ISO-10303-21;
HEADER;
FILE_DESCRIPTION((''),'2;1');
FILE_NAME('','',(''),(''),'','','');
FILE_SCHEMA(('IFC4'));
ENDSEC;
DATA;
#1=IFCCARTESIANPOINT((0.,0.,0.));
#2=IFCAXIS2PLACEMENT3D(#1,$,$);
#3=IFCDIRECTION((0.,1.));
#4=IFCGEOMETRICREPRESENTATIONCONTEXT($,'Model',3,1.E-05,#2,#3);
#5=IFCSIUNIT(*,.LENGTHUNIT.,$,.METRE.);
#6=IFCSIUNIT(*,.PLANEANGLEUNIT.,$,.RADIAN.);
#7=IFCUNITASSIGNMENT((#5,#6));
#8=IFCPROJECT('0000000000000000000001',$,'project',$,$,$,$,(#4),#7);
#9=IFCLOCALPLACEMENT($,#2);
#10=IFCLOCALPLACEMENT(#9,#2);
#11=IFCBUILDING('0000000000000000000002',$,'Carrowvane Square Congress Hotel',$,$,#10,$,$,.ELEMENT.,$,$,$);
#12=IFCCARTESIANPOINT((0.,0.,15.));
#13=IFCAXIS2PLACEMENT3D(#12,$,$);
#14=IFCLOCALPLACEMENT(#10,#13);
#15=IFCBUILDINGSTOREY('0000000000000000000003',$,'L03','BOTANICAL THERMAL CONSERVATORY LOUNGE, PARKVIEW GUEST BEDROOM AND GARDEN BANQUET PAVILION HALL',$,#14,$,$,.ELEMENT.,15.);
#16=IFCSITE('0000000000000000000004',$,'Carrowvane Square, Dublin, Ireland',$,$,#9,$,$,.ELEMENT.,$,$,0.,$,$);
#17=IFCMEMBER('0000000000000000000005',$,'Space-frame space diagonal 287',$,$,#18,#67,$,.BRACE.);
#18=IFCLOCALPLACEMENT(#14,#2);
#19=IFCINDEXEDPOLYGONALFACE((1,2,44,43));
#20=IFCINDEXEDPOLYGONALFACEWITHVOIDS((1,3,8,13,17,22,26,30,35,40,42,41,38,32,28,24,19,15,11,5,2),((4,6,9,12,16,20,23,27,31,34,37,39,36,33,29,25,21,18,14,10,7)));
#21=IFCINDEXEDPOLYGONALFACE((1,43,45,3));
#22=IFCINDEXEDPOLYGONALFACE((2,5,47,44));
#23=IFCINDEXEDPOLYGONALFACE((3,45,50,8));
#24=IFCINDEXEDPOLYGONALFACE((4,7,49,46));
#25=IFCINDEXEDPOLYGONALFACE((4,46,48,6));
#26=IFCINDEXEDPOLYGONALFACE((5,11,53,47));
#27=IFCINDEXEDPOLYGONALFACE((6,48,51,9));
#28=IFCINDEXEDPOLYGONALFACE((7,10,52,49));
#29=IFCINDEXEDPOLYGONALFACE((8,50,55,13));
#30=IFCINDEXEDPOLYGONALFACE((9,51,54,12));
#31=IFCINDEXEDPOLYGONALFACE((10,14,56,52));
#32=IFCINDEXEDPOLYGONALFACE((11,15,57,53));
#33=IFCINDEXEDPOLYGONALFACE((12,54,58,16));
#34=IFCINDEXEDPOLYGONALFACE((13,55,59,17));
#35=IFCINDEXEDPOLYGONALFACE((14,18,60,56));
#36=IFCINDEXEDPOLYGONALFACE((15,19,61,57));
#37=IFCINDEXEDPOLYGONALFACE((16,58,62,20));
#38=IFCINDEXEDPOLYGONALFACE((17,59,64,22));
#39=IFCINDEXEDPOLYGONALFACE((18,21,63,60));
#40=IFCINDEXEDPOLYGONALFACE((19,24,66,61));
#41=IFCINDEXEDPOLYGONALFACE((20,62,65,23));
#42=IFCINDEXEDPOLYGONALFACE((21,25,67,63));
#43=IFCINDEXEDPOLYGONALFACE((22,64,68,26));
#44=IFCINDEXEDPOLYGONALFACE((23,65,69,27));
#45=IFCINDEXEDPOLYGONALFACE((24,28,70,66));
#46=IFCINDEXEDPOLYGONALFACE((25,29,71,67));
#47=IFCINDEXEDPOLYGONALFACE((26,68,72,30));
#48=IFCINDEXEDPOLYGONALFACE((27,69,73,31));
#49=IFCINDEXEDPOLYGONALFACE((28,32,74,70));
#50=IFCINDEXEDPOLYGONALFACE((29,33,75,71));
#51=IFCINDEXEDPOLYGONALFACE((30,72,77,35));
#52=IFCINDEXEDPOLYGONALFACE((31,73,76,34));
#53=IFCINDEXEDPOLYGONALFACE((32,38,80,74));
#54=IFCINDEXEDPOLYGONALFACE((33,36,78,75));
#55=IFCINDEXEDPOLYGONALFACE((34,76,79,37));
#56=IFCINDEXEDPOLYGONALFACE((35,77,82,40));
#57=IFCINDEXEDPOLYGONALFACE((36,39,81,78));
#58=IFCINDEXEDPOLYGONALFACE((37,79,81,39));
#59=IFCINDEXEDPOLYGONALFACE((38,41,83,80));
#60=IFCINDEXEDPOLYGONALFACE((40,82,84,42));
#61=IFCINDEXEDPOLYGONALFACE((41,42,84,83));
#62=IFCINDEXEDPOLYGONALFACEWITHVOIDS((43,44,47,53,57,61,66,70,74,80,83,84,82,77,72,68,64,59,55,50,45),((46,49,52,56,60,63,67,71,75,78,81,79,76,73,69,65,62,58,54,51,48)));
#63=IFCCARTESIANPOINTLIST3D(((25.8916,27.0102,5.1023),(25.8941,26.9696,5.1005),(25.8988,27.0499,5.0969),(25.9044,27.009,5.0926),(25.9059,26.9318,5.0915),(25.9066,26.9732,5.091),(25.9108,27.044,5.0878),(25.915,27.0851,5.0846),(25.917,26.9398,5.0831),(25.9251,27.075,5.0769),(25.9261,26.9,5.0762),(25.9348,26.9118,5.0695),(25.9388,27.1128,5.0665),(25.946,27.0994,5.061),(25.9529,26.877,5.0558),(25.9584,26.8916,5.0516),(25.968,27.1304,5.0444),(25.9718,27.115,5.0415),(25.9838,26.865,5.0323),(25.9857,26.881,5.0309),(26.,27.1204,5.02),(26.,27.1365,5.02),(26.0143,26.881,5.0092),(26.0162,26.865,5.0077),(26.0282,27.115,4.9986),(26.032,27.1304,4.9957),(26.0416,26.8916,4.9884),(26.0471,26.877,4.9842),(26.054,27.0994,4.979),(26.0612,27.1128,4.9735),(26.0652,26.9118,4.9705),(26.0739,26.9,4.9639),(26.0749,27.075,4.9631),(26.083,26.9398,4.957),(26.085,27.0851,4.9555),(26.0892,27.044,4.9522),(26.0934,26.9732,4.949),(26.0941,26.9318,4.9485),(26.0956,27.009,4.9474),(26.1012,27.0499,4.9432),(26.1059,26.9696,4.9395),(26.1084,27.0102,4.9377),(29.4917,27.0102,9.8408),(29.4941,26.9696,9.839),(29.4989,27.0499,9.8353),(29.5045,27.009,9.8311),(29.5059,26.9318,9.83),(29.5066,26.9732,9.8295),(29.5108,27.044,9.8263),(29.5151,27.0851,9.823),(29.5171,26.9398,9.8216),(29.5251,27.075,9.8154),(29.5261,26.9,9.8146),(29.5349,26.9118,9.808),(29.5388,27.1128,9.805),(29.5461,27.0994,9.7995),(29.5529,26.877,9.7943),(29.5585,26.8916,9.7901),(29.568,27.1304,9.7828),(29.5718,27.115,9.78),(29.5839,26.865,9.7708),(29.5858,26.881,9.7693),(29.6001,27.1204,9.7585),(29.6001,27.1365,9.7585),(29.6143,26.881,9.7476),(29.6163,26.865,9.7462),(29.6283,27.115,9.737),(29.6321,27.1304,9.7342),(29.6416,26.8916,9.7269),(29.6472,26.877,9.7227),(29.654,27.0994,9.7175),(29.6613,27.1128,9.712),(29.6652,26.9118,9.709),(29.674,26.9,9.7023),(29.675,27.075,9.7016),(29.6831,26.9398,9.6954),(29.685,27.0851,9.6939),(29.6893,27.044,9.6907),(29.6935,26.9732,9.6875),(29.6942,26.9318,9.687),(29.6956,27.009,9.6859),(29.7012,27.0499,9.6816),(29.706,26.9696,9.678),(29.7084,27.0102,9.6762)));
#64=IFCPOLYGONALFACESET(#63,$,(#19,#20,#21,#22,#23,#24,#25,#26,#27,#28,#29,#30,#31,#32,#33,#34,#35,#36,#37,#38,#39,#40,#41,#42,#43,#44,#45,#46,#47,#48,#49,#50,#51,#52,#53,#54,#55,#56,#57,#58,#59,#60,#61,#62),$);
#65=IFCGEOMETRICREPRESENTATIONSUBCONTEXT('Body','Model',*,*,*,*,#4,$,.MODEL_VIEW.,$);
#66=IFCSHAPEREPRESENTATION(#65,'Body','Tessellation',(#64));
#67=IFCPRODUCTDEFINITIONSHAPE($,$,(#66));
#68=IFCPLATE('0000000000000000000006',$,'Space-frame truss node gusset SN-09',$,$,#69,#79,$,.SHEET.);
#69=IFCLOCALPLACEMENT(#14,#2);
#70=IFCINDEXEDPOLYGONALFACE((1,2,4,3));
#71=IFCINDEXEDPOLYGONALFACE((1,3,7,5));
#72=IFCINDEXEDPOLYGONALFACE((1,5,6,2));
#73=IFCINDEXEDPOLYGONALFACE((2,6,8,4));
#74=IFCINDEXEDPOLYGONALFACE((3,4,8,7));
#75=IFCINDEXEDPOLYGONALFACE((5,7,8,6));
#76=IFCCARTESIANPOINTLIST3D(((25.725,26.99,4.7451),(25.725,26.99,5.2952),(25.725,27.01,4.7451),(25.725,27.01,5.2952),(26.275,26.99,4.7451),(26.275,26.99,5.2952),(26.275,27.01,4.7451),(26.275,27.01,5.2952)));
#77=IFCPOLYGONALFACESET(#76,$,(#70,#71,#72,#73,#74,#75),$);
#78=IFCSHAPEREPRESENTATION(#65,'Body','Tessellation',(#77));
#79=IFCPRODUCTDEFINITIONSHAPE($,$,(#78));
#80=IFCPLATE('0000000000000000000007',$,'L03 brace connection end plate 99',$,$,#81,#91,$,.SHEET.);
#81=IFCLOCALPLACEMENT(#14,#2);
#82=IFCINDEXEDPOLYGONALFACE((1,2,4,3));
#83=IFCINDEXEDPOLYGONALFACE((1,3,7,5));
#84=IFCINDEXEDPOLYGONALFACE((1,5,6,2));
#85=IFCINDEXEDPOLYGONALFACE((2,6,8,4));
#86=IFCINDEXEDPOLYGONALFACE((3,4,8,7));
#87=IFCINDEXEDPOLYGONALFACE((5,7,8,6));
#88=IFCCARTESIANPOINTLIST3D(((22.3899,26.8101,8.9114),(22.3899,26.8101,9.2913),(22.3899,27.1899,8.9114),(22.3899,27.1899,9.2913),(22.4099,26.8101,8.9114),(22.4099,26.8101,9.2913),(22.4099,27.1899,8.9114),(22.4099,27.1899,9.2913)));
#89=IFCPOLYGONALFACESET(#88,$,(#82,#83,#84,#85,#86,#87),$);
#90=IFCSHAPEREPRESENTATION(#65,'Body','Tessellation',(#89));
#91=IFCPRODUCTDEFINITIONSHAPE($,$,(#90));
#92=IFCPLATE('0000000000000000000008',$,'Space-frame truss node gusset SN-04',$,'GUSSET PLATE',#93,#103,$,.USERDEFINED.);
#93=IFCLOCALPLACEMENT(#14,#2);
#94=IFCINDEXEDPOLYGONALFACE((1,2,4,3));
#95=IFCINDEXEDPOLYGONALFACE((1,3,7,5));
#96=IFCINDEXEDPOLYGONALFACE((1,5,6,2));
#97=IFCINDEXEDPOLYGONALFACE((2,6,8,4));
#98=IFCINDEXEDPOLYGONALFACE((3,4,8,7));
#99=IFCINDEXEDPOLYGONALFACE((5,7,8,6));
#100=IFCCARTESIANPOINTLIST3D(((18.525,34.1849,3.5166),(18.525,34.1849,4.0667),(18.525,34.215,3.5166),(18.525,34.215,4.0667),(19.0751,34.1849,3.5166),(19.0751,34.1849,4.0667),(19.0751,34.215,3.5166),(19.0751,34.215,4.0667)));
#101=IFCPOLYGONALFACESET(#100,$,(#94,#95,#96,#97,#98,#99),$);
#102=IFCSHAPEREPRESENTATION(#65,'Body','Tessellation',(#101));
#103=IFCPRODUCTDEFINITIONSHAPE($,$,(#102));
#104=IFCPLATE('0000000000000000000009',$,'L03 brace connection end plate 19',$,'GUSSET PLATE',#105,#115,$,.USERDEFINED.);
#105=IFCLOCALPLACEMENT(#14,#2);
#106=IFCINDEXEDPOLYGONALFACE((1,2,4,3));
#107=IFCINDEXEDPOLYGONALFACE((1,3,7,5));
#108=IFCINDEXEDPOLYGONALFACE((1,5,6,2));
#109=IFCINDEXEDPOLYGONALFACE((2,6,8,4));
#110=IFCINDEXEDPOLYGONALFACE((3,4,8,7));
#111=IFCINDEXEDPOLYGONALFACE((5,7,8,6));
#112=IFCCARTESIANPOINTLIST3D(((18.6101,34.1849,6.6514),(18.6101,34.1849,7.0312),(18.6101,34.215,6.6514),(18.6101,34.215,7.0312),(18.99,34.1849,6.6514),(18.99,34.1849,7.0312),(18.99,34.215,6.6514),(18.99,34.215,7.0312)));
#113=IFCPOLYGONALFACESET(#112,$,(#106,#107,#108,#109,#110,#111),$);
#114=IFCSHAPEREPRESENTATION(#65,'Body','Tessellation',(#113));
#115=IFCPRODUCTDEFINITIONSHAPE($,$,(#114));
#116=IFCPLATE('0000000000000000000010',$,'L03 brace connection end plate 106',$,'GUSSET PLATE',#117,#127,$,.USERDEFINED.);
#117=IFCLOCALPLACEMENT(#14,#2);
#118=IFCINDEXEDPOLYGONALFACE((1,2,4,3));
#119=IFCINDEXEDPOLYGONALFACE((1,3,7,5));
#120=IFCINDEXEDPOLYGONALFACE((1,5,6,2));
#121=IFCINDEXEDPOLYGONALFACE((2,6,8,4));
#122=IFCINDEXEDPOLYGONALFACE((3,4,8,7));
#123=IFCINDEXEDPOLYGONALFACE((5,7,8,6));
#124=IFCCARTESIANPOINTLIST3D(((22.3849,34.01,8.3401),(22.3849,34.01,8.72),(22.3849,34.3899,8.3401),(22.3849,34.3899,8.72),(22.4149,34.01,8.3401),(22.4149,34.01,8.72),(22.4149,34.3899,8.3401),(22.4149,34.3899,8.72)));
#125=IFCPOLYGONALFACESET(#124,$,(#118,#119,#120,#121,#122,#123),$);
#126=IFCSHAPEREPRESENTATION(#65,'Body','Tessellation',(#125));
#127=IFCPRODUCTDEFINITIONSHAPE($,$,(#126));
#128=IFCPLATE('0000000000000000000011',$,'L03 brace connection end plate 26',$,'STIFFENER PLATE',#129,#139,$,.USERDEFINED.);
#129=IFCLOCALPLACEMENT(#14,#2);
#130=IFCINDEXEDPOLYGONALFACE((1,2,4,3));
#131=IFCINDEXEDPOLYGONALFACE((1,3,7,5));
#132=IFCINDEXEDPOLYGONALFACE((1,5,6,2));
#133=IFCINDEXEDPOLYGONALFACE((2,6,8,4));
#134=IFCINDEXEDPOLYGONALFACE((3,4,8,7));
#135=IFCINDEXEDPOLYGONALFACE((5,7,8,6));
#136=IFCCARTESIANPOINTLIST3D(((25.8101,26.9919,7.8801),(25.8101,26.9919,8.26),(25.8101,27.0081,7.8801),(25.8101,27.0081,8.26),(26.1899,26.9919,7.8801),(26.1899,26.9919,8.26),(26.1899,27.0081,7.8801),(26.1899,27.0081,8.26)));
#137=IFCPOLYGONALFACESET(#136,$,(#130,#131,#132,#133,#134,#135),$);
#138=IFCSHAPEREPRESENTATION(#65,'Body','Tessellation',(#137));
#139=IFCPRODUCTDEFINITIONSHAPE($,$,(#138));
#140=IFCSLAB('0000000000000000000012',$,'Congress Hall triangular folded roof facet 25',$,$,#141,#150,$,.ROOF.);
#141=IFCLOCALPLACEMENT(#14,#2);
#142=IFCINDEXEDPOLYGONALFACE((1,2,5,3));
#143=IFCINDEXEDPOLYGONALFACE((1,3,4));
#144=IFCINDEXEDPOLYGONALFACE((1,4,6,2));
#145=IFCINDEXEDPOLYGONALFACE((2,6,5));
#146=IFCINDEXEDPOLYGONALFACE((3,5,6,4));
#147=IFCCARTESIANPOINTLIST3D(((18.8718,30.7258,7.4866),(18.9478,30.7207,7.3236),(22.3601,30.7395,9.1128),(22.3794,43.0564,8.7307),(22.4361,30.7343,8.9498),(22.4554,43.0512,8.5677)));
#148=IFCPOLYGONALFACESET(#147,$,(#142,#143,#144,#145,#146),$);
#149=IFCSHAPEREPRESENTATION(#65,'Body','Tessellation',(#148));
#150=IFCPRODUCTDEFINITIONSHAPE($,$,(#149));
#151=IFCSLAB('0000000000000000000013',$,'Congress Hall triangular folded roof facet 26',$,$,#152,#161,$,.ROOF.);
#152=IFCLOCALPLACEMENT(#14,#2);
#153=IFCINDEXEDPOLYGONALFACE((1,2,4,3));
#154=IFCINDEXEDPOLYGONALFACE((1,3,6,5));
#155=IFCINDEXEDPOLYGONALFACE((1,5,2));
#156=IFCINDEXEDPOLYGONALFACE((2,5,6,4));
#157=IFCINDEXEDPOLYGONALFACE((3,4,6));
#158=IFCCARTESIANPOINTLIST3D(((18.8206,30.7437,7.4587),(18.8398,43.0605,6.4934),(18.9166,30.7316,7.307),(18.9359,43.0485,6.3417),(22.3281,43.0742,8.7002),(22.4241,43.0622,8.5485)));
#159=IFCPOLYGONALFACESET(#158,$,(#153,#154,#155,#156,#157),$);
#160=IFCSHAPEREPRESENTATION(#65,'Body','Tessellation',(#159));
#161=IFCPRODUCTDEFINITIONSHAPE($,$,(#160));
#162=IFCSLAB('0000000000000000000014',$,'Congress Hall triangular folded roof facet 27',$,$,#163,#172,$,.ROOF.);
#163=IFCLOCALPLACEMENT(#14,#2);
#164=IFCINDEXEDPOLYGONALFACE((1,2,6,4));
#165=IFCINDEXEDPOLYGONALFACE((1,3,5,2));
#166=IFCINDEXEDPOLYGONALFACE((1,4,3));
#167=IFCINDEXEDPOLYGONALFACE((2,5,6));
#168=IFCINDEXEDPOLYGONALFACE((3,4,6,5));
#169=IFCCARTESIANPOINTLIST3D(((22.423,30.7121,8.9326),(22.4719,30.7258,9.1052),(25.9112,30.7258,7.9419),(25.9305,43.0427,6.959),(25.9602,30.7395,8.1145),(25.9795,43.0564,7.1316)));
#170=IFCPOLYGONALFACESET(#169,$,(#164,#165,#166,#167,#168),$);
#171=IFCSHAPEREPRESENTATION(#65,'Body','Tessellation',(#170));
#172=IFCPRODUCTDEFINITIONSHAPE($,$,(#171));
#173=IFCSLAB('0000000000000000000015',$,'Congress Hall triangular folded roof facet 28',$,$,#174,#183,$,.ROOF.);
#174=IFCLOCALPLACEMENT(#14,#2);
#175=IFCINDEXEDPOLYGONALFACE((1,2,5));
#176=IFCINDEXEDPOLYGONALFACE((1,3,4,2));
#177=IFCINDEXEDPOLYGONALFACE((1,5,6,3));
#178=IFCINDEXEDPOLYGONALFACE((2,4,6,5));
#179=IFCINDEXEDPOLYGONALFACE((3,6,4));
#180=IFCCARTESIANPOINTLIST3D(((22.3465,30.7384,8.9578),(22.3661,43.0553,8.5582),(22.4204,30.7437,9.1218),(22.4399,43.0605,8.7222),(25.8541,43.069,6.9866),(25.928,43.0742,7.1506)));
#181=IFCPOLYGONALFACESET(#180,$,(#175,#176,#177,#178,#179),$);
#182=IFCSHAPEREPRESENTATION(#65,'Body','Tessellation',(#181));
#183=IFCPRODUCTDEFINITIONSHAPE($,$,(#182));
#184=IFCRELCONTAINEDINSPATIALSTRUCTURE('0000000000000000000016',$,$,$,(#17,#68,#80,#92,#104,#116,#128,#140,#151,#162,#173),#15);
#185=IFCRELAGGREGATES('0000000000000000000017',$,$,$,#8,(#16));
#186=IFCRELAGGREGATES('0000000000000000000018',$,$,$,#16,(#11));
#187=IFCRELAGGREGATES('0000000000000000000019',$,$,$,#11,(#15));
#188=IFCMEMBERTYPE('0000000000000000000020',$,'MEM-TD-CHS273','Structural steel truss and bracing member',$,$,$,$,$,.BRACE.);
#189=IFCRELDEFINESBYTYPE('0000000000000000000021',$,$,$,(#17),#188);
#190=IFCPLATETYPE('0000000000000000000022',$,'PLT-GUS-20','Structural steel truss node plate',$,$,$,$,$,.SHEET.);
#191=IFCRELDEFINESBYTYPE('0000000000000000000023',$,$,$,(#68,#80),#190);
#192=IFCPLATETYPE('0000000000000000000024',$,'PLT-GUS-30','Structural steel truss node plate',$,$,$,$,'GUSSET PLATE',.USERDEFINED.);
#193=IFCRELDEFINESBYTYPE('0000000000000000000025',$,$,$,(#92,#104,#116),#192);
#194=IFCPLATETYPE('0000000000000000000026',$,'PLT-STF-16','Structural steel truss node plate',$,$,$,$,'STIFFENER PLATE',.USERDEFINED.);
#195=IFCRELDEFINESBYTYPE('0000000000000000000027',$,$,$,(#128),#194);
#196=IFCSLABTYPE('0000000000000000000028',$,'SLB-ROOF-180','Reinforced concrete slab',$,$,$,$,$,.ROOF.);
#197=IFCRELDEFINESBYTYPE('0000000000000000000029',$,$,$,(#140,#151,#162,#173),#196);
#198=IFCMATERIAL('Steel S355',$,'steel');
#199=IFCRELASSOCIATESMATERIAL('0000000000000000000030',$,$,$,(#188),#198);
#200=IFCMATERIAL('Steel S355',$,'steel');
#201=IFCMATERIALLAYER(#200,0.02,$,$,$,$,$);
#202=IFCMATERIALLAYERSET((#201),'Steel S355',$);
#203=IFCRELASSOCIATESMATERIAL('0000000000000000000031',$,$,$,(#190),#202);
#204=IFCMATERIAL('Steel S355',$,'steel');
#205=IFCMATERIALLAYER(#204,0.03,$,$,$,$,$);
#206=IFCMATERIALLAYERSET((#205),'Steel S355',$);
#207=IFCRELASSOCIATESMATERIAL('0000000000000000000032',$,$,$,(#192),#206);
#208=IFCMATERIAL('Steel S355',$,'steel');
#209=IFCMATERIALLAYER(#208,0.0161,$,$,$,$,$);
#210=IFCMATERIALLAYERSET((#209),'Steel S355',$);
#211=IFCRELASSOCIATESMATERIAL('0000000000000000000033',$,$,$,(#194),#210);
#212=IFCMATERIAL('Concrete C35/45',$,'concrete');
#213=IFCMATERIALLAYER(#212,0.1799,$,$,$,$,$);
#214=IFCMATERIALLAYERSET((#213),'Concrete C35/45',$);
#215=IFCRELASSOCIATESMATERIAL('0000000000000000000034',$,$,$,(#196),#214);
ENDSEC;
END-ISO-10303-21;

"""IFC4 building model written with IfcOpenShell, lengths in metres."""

from ifc_helpers import new_model, si_unit, direction, frame, origin, origin_2d, place, context, subcontext, project, spatial, polyline, rectangle, hollow_circle, outline, extrude, material, layer, layer_set, material_profile, profile_set, type_object, element, save


model = new_model("IFC4")

# Units and contexts
model_context = context("Model", 3, precision=1e-05, world=origin(), true_north=direction((0.0, 1.0)))
body_context = subcontext(model_context, "Body", "Model", "MODEL_VIEW")
ifc_project = project(units=[si_unit("LENGTHUNIT", "METRE"), si_unit("PLANEANGLEUNIT", "RADIAN")], contexts=[model_context])

# Site, building, storey
site_placement = place(None, origin())
site = spatial("IfcSite", under=ifc_project, at=site_placement, Name="Carrowvane Square, Dublin, Ireland", CompositionType="ELEMENT", RefElevation=0.0)
building_placement = place(site_placement, origin())
building = spatial("IfcBuilding", under=site, at=building_placement, Name="Carrowvane Square Congress Hotel", CompositionType="ELEMENT")
storey_placement = place(building_placement, frame((0.0, 0.0, 15.0)))
storey = spatial("IfcBuildingStorey", under=building, at=storey_placement, Name="L03", Description="BOTANICAL THERMAL CONSERVATORY LOUNGE, PARKVIEW GUEST BEDROOM AND GARDEN BANQUET PAVILION HALL", CompositionType="ELEMENT", Elevation=15.0)

# Member
ifc_material_1 = material(Name="Steel S355", Category="steel")
ifc_material_profile_1 = material_profile(ifc_material_1, hollow_circle(Radius=0.1365, WallThickness=0.0161, at=origin_2d()), Name="CHS 273.0x16")
ifc_profile_set_1 = profile_set([ifc_material_profile_1], Name="Steel S355")
member_type_1 = type_object("IfcMemberType", Name="MEM-TD-CHS273", Description="Structural steel truss and bracing member", PredefinedType="BRACE", material=ifc_profile_set_1)
member_1_placement = place(storey_placement, frame((26.0, 27.0, 5.02), z_axis=(0.604957, 0.0, 0.796258), x_axis=(0.0, 1.0, 0.0)))
element("IfcMember", 1, at=member_1_placement, inside=storey, type_object=member_type_1, Name="Space-frame space diagonal 287", PredefinedType="BRACE", context=body_context, shape_type="SweptSolid", body=[
    extrude(hollow_circle(Radius=0.1365, WallThickness=0.0161, at=origin_2d()), origin(), (0.0, 0.0, 1.0), 5.9509),
])

# Plates
ifc_material_2 = material(Name="Steel S355", Category="steel")
ifc_layer_1 = layer(ifc_material_2, 0.02)
ifc_layer_set_1 = layer_set([ifc_layer_1], Name="Steel S355")
plate_type_1 = type_object("IfcPlateType", Name="PLT-GUS-20", Description="Structural steel truss node plate", PredefinedType="SHEET", material=ifc_layer_set_1)
plate_1_placement = place(storey_placement, frame((26.0, 27.0, 4.7451), z_axis=(0.0, 0.0, 1.0), x_axis=(1.0, 0.0, 0.0)))
element("IfcPlate", 2, at=plate_1_placement, inside=storey, type_object=plate_type_1, Name="Space-frame truss node gusset SN-09", PredefinedType="SHEET", context=body_context, shape_type="SweptSolid", body=[
    extrude(rectangle(XDim=0.55, YDim=0.02, at=origin_2d()), origin(), (0.0, 0.0, 1.0), 0.55),
])
plate_2_placement = place(storey_placement, frame((22.3999, 27.0, 8.9114), z_axis=(0.0, 0.0, 1.0), x_axis=(1.0, 0.0, 0.0)))
element("IfcPlate", 3, at=plate_2_placement, inside=storey, type_object=plate_type_1, Name="L03 brace connection end plate 99", PredefinedType="SHEET", context=body_context, shape_type="SweptSolid", body=[
    extrude(rectangle(XDim=0.02, YDim=0.3799, at=origin_2d()), origin(), (0.0, 0.0, 1.0), 0.3799),
])
ifc_material_3 = material(Name="Steel S355", Category="steel")
ifc_layer_2 = layer(ifc_material_3, 0.03)
ifc_layer_set_2 = layer_set([ifc_layer_2], Name="Steel S355")
plate_type_2 = type_object("IfcPlateType", Name="PLT-GUS-30", Description="Structural steel truss node plate", ElementType="GUSSET PLATE", PredefinedType="USERDEFINED", material=ifc_layer_set_2)
plate_3_placement = place(storey_placement, frame((18.8, 34.2, 3.5166), z_axis=(0.0, 0.0, 1.0), x_axis=(1.0, 0.0, 0.0)))
element("IfcPlate", 4, at=plate_3_placement, inside=storey, type_object=plate_type_2, Name="Space-frame truss node gusset SN-04", ObjectType="GUSSET PLATE", PredefinedType="USERDEFINED", context=body_context, shape_type="SweptSolid", body=[
    extrude(rectangle(XDim=0.55, YDim=0.03, at=origin_2d()), origin(), (0.0, 0.0, 1.0), 0.55),
])
plate_4_placement = place(storey_placement, frame((18.8, 34.2, 6.6514), z_axis=(0.0, 0.0, 1.0), x_axis=(1.0, 0.0, 0.0)))
element("IfcPlate", 5, at=plate_4_placement, inside=storey, type_object=plate_type_2, Name="L03 brace connection end plate 19", ObjectType="GUSSET PLATE", PredefinedType="USERDEFINED", context=body_context, shape_type="SweptSolid", body=[
    extrude(rectangle(XDim=0.3799, YDim=0.03, at=origin_2d()), origin(), (0.0, 0.0, 1.0), 0.3799),
])
plate_5_placement = place(storey_placement, frame((22.3999, 34.2, 8.3401), z_axis=(0.0, 0.0, 1.0), x_axis=(1.0, 0.0, 0.0)))
element("IfcPlate", 6, at=plate_5_placement, inside=storey, type_object=plate_type_2, Name="L03 brace connection end plate 106", ObjectType="GUSSET PLATE", PredefinedType="USERDEFINED", context=body_context, shape_type="SweptSolid", body=[
    extrude(rectangle(XDim=0.03, YDim=0.3799, at=origin_2d()), origin(), (0.0, 0.0, 1.0), 0.3799),
])
ifc_material_4 = material(Name="Steel S355", Category="steel")
ifc_layer_3 = layer(ifc_material_4, 0.0161)
ifc_layer_set_3 = layer_set([ifc_layer_3], Name="Steel S355")
plate_type_3 = type_object("IfcPlateType", Name="PLT-STF-16", Description="Structural steel truss node plate", ElementType="STIFFENER PLATE", PredefinedType="USERDEFINED", material=ifc_layer_set_3)
plate_6_placement = place(storey_placement, frame((26.0, 27.0, 7.8801), z_axis=(0.0, 0.0, 1.0), x_axis=(1.0, 0.0, 0.0)))
element("IfcPlate", 7, at=plate_6_placement, inside=storey, type_object=plate_type_3, Name="L03 brace connection end plate 26", ObjectType="STIFFENER PLATE", PredefinedType="USERDEFINED", context=body_context, shape_type="SweptSolid", body=[
    extrude(rectangle(XDim=0.3799, YDim=0.0161, at=origin_2d()), origin(), (0.0, 0.0, 1.0), 0.3799),
])

# Slabs
ifc_material_5 = material(Name="Concrete C35/45", Category="concrete")
ifc_layer_4 = layer(ifc_material_5, 0.1799)
ifc_layer_set_4 = layer_set([ifc_layer_4], Name="Concrete C35/45")
slab_type = type_object("IfcSlabType", Name="SLB-ROOF-180", Description="Reinforced concrete slab", PredefinedType="ROOF", material=ifc_layer_set_4)
slab_1_placement = place(storey_placement, frame((18.8718, 30.7258, 7.4866), z_axis=(-0.422452, 0.028764, 0.905929), x_axis=(0.906341, 0.003552, 0.422532)))
element("IfcSlab", 8, at=slab_1_placement, inside=storey, type_object=slab_type, Name="Congress Hall triangular folded roof facet 25", PredefinedType="ROOF", context=body_context, shape_type="SweptSolid", body=[
    extrude(outline(polyline([(0.0, 0.0), (3.8488, 0.0), (3.7485, 12.3224), (0.0, 0.0)])), origin(), (0.0, 0.0, -1.0), 0.1799),
])
slab_2_placement = place(storey_placement, frame((18.8206, 30.7437, 7.4587), z_axis=(-0.533616, 0.066911, 0.843076), x_axis=(0.272333, 0.957363, 0.096388)))
element("IfcSlab", 9, at=slab_2_placement, inside=storey, type_object=slab_type, Name="Congress Hall triangular folded roof facet 26", PredefinedType="ROOF", context=body_context, shape_type="SweptSolid", body=[
    extrude(outline(polyline([(0.0, 0.0), (12.8797, 0.0), (11.7039, 3.9567), (0.0, 0.0)])), origin(), (0.0, 0.0, -1.0), 0.1799),
])
slab_3_placement = place(storey_placement, frame((22.4719, 30.7258, 9.1052), z_axis=(0.27214, 0.076123, 0.959242), x_axis=(0.961948, 0.00377, -0.273207)))
element("IfcSlab", 10, at=slab_3_placement, inside=storey, type_object=slab_type, Name="Congress Hall triangular folded roof facet 27", PredefinedType="ROOF", context=body_context, shape_type="SweptSolid", body=[
    extrude(outline(polyline([(0.0, 0.0), (3.6263, 0.0), (3.9598, 12.3516), (0.0, 0.0)])), origin(), (0.0, 0.0, -1.0), 0.1799),
])
slab_4_placement = place(storey_placement, frame((22.4204, 30.7437, 9.1218), z_axis=(0.410515, 0.028922, 0.911395), x_axis=(0.270429, 0.950669, -0.151976)))
element("IfcSlab", 11, at=slab_4_placement, inside=storey, type_object=slab_type, Name="Congress Hall triangular folded roof facet 28", PredefinedType="ROOF", context=body_context, shape_type="SweptSolid", body=[
    extrude(outline(polyline([(0.0, 0.0), (12.9704, 0.0), (11.7753, 3.6343), (0.0, 0.0)])), origin(), (0.0, 0.0, -1.0), 0.1799),
])

save(model, "model.ifc")
